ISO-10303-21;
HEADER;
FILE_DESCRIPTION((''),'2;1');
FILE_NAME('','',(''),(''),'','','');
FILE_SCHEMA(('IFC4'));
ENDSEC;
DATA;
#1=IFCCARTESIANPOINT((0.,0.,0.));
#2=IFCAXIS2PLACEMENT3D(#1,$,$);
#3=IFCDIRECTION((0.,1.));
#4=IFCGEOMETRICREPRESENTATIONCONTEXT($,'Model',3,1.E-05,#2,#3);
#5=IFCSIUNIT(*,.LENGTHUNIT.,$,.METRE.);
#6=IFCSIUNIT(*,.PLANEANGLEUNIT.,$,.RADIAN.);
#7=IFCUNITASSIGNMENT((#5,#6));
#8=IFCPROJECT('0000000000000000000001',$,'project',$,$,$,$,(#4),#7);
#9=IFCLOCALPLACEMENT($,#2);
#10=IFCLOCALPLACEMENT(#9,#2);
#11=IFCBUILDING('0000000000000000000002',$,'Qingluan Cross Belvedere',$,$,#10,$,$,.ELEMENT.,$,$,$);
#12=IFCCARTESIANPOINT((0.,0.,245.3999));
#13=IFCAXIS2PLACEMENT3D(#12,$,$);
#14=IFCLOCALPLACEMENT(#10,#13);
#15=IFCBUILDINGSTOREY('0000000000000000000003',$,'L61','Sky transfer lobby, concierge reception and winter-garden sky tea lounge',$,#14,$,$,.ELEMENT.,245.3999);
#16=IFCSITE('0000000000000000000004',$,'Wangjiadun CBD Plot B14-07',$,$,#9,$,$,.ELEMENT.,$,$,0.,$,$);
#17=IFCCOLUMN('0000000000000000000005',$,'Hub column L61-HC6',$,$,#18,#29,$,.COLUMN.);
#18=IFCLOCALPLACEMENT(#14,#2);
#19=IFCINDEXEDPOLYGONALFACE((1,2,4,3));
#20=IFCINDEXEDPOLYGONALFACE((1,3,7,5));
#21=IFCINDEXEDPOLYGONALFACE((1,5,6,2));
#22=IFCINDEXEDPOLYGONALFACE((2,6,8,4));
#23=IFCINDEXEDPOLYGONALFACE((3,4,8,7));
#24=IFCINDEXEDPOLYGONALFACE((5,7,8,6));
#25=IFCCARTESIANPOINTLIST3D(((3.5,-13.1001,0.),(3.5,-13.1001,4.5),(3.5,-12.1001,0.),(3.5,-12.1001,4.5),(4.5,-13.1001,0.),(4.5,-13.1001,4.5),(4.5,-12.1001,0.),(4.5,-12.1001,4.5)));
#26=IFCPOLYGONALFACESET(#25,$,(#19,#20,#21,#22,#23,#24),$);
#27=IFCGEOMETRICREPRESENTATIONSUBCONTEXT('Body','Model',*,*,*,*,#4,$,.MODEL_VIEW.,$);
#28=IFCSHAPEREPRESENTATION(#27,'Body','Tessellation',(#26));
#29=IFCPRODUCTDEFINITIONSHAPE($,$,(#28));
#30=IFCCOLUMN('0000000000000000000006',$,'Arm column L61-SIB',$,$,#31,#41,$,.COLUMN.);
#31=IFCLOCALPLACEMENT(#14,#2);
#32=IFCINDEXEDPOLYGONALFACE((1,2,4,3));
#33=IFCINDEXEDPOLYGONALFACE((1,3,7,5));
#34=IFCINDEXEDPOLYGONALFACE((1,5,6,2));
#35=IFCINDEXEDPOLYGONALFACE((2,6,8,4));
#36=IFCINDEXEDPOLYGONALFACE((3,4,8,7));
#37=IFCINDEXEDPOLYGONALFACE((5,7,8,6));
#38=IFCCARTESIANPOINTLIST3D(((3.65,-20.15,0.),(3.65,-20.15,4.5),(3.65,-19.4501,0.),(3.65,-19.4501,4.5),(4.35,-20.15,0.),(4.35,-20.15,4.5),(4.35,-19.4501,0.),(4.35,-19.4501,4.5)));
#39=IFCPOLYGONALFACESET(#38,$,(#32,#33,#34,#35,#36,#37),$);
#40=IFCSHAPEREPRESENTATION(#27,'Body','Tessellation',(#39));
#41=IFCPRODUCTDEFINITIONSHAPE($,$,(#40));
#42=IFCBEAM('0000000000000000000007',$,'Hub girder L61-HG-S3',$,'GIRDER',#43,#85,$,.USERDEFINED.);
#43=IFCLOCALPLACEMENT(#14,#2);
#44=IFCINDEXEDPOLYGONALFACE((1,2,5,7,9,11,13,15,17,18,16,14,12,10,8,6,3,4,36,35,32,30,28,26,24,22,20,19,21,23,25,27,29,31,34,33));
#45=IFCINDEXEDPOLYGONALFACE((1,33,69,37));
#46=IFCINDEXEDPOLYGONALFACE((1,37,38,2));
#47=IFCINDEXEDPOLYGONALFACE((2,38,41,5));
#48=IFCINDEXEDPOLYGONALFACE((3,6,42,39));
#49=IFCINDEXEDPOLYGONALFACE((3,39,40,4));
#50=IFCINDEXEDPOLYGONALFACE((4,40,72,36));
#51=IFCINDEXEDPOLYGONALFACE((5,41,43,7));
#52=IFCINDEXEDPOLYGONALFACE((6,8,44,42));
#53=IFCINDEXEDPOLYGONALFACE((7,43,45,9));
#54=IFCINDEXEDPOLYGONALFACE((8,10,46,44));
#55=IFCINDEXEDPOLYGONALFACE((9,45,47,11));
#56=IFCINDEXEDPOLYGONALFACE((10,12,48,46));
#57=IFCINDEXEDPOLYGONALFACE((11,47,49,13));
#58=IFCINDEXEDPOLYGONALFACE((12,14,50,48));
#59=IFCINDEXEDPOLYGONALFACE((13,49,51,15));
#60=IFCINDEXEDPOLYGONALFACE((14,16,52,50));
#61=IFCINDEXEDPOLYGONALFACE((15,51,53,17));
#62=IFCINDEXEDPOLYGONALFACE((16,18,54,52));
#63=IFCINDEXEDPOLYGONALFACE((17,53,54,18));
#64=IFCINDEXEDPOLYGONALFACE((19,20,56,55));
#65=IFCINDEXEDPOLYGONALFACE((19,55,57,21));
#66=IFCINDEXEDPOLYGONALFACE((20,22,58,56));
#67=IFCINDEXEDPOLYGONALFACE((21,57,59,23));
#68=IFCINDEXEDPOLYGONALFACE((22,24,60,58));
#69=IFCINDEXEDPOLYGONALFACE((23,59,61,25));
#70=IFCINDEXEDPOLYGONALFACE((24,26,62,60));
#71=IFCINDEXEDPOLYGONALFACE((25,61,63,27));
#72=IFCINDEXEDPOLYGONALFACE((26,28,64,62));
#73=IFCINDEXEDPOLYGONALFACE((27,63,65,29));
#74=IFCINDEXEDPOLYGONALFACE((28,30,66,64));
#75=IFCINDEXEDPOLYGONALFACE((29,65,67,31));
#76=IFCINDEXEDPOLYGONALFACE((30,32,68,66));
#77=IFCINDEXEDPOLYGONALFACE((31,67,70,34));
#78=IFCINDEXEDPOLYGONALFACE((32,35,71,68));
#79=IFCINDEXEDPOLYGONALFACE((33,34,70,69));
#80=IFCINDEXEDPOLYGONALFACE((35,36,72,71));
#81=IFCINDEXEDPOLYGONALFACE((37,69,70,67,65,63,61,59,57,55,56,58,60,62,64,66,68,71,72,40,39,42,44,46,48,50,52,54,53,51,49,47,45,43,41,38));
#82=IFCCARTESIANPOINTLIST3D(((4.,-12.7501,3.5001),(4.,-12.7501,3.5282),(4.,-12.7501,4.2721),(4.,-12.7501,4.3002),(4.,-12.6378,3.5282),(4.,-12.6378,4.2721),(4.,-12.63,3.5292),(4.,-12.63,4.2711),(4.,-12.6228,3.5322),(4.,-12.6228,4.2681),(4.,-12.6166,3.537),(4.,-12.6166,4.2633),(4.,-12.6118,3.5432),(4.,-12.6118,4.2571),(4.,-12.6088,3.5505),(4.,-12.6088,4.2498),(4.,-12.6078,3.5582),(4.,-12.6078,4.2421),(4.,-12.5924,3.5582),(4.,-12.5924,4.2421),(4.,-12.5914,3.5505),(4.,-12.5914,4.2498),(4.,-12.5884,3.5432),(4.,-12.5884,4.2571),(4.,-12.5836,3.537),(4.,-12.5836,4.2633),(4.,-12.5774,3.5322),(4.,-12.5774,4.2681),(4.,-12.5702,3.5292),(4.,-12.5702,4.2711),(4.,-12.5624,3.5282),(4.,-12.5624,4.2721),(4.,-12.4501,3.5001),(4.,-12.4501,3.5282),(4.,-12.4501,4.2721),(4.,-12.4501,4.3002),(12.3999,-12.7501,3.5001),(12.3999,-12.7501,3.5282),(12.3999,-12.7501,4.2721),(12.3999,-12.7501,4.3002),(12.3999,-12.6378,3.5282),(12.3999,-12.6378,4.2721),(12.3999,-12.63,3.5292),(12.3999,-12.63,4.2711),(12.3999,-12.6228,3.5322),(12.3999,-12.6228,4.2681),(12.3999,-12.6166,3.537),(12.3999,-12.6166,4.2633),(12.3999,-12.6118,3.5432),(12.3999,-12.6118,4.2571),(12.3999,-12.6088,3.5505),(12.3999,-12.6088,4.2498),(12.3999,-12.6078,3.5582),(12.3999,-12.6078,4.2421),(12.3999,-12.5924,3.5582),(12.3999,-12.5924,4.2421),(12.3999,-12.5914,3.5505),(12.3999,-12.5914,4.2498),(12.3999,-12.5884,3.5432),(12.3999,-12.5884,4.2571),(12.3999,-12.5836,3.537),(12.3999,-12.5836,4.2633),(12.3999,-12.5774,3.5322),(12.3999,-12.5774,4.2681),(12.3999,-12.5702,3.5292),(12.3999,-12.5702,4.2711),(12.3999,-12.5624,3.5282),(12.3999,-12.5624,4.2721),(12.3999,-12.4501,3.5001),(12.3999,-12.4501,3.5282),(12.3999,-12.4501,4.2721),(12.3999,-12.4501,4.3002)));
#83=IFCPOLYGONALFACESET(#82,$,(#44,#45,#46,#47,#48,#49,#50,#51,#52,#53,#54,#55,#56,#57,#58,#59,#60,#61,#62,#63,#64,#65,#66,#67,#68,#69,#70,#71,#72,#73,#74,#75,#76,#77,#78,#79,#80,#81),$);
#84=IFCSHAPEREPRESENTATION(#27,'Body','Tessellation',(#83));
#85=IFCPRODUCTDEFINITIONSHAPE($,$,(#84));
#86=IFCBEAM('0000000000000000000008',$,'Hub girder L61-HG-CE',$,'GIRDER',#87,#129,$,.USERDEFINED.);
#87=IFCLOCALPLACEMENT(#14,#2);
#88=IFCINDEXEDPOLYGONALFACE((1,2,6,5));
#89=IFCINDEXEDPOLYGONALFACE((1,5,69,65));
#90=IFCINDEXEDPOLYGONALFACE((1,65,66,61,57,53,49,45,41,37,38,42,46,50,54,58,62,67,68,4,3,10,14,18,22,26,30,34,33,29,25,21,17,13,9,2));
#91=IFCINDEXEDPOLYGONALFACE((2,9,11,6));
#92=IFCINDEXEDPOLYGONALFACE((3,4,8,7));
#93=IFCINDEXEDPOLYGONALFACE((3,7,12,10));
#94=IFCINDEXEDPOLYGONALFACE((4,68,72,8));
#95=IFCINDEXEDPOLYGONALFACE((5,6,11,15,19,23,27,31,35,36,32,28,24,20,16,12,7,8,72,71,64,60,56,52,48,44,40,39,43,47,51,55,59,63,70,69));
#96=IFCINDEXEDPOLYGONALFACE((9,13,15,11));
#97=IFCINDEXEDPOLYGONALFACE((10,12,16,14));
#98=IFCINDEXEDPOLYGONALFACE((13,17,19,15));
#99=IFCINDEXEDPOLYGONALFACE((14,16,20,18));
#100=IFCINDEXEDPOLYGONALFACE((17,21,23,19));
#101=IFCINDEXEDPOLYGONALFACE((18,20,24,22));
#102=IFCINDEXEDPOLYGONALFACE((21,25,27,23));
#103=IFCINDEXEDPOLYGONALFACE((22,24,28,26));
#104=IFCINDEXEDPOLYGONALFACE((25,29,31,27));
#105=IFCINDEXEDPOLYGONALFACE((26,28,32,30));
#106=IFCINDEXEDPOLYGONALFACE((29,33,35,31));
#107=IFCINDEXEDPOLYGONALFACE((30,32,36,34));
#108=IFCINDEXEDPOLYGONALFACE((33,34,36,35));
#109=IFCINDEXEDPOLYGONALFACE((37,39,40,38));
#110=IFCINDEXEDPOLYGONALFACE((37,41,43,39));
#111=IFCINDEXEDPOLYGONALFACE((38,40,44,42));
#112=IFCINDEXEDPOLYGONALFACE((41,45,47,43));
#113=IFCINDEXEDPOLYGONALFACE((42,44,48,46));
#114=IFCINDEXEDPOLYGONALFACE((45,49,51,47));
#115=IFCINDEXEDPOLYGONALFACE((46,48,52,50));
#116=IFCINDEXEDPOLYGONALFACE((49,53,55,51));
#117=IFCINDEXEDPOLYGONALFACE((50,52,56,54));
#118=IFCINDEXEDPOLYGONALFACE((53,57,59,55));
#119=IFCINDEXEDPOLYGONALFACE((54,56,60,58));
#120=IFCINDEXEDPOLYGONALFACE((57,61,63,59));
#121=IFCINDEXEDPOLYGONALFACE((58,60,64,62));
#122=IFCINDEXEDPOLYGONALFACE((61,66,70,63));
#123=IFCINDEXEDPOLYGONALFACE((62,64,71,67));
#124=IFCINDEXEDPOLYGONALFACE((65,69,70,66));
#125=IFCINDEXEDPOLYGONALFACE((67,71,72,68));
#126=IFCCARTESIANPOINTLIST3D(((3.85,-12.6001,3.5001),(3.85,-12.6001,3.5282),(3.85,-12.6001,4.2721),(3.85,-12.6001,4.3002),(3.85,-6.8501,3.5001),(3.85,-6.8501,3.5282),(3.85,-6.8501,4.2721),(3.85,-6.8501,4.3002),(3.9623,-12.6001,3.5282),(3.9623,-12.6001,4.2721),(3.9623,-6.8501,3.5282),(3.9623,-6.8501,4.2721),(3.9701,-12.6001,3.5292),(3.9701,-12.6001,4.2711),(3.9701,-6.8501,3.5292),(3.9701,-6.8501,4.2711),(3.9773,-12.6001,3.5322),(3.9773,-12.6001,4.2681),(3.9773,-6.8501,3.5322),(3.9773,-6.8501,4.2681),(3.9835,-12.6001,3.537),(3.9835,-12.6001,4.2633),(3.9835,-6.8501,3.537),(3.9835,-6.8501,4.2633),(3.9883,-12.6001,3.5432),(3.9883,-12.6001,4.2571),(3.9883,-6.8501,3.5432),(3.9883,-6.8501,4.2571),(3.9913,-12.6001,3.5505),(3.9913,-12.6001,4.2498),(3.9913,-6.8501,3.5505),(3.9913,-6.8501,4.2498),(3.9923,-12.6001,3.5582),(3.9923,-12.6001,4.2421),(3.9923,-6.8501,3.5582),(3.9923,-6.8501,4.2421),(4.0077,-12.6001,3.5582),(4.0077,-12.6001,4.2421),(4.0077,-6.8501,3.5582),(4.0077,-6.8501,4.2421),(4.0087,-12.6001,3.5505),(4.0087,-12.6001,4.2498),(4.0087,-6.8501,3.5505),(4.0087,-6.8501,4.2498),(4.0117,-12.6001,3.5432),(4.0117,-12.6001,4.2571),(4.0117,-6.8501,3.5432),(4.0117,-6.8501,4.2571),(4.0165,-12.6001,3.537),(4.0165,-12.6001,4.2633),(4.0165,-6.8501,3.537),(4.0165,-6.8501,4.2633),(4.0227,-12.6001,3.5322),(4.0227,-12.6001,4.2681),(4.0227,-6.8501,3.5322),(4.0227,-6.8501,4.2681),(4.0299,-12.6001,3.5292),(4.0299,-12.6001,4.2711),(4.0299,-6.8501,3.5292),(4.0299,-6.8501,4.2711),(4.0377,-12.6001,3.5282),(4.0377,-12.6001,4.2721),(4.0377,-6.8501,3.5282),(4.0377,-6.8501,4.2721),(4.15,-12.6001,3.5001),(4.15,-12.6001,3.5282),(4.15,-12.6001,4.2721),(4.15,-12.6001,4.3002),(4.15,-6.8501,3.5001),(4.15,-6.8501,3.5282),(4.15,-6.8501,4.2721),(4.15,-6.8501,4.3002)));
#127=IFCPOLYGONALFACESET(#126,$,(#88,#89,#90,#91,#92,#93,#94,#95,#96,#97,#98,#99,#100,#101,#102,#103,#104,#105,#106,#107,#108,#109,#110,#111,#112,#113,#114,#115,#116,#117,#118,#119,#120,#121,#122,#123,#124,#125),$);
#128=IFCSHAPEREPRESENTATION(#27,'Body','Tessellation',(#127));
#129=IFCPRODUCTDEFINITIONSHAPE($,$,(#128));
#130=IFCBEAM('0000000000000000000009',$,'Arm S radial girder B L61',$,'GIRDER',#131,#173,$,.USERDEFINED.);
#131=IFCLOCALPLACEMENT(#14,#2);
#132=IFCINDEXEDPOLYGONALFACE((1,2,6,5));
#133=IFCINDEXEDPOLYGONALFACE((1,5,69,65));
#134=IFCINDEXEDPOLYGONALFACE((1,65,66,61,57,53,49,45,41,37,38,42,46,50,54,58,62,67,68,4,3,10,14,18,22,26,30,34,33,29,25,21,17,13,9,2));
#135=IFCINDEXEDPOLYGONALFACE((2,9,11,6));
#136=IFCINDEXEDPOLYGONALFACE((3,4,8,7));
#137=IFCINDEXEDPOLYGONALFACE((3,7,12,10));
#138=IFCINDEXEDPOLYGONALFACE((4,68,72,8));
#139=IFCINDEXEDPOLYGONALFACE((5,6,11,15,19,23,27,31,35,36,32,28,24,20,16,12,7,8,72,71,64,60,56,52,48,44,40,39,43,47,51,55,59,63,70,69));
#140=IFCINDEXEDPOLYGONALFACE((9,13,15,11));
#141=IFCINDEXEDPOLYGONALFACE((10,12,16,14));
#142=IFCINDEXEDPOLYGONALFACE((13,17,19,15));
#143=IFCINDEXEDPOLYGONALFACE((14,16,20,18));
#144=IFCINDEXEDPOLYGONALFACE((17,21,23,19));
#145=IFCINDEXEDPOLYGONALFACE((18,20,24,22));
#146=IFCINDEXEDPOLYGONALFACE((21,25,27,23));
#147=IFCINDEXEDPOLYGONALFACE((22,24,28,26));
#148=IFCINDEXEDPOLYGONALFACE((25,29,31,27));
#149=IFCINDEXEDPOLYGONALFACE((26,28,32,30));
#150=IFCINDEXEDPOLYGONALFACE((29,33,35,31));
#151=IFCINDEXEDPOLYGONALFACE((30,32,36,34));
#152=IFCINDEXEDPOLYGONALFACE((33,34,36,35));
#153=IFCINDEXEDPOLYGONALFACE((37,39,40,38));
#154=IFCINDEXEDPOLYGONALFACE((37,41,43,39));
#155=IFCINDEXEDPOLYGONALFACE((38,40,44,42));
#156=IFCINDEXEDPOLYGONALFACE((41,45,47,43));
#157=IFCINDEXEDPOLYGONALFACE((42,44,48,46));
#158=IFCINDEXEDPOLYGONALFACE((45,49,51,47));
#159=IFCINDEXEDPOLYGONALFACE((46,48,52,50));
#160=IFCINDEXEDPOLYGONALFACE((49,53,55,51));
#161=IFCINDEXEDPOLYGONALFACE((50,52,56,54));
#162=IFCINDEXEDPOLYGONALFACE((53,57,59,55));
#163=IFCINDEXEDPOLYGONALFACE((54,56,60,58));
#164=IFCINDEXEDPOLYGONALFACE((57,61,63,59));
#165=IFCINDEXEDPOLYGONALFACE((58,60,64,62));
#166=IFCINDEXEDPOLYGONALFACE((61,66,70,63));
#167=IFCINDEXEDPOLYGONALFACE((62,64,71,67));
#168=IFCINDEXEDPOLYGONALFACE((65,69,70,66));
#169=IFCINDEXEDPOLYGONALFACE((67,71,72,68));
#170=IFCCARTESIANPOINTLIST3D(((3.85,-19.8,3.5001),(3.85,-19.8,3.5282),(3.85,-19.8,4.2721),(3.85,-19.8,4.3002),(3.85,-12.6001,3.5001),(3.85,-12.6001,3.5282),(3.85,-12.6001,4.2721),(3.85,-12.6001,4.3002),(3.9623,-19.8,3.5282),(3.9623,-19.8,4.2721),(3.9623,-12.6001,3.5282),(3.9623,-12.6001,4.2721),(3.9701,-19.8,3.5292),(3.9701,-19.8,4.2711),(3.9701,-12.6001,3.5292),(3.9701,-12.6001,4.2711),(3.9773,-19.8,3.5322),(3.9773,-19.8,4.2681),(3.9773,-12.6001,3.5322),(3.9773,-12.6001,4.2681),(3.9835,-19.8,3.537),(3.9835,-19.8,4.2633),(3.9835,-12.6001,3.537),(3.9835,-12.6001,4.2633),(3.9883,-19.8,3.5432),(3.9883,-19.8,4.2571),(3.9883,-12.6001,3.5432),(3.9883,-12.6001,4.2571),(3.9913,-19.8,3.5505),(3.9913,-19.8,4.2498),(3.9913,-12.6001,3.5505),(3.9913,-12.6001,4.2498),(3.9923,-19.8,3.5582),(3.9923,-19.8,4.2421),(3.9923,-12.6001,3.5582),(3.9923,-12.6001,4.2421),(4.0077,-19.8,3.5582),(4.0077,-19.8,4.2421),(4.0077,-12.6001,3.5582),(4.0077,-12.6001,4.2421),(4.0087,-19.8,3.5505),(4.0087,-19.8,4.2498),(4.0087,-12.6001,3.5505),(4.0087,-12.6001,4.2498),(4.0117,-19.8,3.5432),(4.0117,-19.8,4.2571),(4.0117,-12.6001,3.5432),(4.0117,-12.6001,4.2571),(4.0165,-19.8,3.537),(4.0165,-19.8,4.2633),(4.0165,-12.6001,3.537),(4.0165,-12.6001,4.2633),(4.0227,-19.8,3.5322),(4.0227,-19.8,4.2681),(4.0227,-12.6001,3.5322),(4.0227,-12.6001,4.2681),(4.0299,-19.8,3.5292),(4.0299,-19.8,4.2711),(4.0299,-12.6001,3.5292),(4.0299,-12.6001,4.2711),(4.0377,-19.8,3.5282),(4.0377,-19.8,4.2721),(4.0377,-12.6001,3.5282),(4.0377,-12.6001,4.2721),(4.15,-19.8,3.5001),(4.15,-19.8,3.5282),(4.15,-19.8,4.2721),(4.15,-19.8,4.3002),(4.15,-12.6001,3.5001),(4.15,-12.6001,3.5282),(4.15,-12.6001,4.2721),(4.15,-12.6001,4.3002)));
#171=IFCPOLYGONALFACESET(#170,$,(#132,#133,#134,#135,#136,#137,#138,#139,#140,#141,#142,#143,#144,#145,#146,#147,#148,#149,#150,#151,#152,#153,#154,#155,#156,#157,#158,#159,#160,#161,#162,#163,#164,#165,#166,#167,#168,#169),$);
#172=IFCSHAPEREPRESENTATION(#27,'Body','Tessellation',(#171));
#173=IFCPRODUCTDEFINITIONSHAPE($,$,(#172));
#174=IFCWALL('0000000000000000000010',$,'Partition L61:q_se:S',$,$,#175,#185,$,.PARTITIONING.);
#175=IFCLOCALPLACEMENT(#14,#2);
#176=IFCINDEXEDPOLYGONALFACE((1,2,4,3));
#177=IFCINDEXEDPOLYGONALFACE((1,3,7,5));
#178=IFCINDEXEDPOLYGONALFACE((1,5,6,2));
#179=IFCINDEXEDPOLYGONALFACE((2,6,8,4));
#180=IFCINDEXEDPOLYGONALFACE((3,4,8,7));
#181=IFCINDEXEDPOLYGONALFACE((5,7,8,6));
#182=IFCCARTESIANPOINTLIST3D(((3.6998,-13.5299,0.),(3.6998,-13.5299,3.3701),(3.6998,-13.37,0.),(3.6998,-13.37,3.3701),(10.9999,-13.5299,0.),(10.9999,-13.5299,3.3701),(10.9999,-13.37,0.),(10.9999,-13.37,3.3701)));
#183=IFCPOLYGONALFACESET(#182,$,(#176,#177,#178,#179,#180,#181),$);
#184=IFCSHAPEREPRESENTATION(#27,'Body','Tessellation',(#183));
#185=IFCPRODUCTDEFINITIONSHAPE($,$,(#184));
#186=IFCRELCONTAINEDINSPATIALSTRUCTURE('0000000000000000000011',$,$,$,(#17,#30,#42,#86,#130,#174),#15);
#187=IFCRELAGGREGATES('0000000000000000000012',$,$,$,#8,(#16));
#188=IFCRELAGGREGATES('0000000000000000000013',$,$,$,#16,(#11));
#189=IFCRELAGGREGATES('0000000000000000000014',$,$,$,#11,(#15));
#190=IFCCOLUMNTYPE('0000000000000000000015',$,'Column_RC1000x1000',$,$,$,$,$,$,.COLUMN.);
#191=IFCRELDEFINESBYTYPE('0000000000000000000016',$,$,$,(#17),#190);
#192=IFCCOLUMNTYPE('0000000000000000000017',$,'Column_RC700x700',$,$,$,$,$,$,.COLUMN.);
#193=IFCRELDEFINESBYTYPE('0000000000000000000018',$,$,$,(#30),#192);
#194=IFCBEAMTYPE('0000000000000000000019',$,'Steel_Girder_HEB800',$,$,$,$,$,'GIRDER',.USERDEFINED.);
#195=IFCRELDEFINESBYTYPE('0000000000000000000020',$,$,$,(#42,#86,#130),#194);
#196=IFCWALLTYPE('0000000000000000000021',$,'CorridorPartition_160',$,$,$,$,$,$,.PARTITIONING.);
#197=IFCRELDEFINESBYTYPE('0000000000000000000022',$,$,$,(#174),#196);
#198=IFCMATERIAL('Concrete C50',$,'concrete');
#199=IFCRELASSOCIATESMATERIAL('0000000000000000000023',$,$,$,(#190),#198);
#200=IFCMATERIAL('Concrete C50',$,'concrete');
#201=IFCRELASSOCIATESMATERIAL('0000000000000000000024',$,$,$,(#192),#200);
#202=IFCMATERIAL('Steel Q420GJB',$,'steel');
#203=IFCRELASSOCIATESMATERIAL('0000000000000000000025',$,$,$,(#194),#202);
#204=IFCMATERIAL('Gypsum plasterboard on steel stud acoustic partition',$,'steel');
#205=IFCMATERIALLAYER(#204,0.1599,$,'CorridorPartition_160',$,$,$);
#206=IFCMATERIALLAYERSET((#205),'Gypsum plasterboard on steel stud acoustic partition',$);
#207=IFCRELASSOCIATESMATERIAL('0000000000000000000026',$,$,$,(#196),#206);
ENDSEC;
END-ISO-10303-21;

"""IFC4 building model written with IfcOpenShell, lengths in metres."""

from ifc_helpers import new_model, si_unit, direction, frame, frame_2d, origin, origin_2d, place, context, subcontext, project, spatial, rectangle, i_section, extrude, material, layer, layer_set, material_profile, profile_set, type_object, element, save


model = new_model("IFC4")

# Units and contexts
model_context = context("Model", 3, precision=1e-05, world=origin(), true_north=direction((0.0, 1.0)))
body_context = subcontext(model_context, "Body", "Model", "MODEL_VIEW")
ifc_project = project(units=[si_unit("LENGTHUNIT", "METRE"), si_unit("PLANEANGLEUNIT", "RADIAN")], contexts=[model_context])

# Site, building, storey
site_placement = place(None, origin())
site = spatial("IfcSite", under=ifc_project, at=site_placement, Name="Wangjiadun CBD Plot B14-07", CompositionType="ELEMENT", RefElevation=0.0)
building_placement = place(site_placement, origin())
building = spatial("IfcBuilding", under=site, at=building_placement, Name="Qingluan Cross Belvedere", CompositionType="ELEMENT")
storey_placement = place(building_placement, frame((0.0, 0.0, 245.3999)))
storey = spatial("IfcBuildingStorey", under=building, at=storey_placement, Name="L61", Description="Sky transfer lobby, concierge reception and winter-garden sky tea lounge", CompositionType="ELEMENT", Elevation=245.3999)

# Columns
ifc_material_1 = material(Name="Concrete C50", Category="concrete")
ifc_material_profile_1 = material_profile(ifc_material_1, rectangle(XDim=1.0, YDim=1.0, at=origin_2d()), Name="RC1000x1000")
ifc_profile_set_1 = profile_set([ifc_material_profile_1], Name="Concrete C50")
column_type_1 = type_object("IfcColumnType", Name="Column_RC1000x1000", PredefinedType="COLUMN", material=ifc_profile_set_1)
column_1_placement = place(storey_placement, frame((4.0, -12.6001, 0.0), z_axis=(0.0, 0.0, 1.0), x_axis=(1.0, 0.0, 0.0)))
element("IfcColumn", 1, at=column_1_placement, inside=storey, type_object=column_type_1, Name="Hub column L61-HC6", PredefinedType="COLUMN", context=body_context, shape_type="SweptSolid", body=[
    extrude(rectangle(XDim=1.0, YDim=1.0, at=origin_2d()), origin(), (0.0, 0.0, 1.0), 4.5),
])
ifc_material_2 = material(Name="Concrete C50", Category="concrete")
ifc_material_profile_2 = material_profile(ifc_material_2, rectangle(XDim=0.7, YDim=0.7, at=origin_2d()), Name="RC700x700")
ifc_profile_set_2 = profile_set([ifc_material_profile_2], Name="Concrete C50")
column_type_2 = type_object("IfcColumnType", Name="Column_RC700x700", PredefinedType="COLUMN", material=ifc_profile_set_2)
column_2_placement = place(storey_placement, frame((4.0, -19.8, 0.0), z_axis=(0.0, 0.0, 1.0), x_axis=(1.0, 0.0, 0.0)))
element("IfcColumn", 2, at=column_2_placement, inside=storey, type_object=column_type_2, Name="Arm column L61-SIB", PredefinedType="COLUMN", context=body_context, shape_type="SweptSolid", body=[
    extrude(rectangle(XDim=0.7, YDim=0.7, at=origin_2d()), origin(), (0.0, 0.0, 1.0), 4.5),
])

# Beams
ifc_material_3 = material(Name="Steel Q420GJB", Category="steel")
ifc_material_profile_3 = material_profile(ifc_material_3, i_section(OverallWidth=0.3, OverallDepth=0.8, WebThickness=0.0154, FlangeThickness=0.0281, FilletRadius=0.03, at=origin_2d()), Name="HEB800")
ifc_profile_set_3 = profile_set([ifc_material_profile_3], Name="Steel Q420GJB")
beam_type = type_object("IfcBeamType", Name="Steel_Girder_HEB800", ElementType="GIRDER", PredefinedType="USERDEFINED", material=ifc_profile_set_3)
beam_1_placement = place(storey_placement, frame((4.0, -12.6001, 3.9001), z_axis=(1.0, 0.0, 0.0), x_axis=(0.0, 1.0, 0.0)))
element("IfcBeam", 3, at=beam_1_placement, inside=storey, type_object=beam_type, Name="Hub girder L61-HG-S3", ObjectType="GIRDER", PredefinedType="USERDEFINED", context=body_context, shape_type="SweptSolid", body=[
    extrude(i_section(OverallWidth=0.3, OverallDepth=0.8, WebThickness=0.0154, FlangeThickness=0.0281, FilletRadius=0.03, at=origin_2d()), origin(), (0.0, 0.0, 1.0), 8.3999),
])
beam_2_placement = place(storey_placement, frame((4.0, -12.6001, 3.9001), z_axis=(0.0, 1.0, 0.0), x_axis=(-1.0, 0.0, 0.0)))
element("IfcBeam", 4, at=beam_2_placement, inside=storey, type_object=beam_type, Name="Hub girder L61-HG-CE", ObjectType="GIRDER", PredefinedType="USERDEFINED", context=body_context, shape_type="SweptSolid", body=[
    extrude(i_section(OverallWidth=0.3, OverallDepth=0.8, WebThickness=0.0154, FlangeThickness=0.0281, FilletRadius=0.03, at=origin_2d()), origin(), (0.0, 0.0, 1.0), 5.75),
])
beam_3_placement = place(storey_placement, frame((4.0, -12.6001, 3.9001), z_axis=(0.0, -1.0, 0.0), x_axis=(1.0, 0.0, 0.0)))
element("IfcBeam", 5, at=beam_3_placement, inside=storey, type_object=beam_type, Name="Arm S radial girder B L61", ObjectType="GIRDER", PredefinedType="USERDEFINED", context=body_context, shape_type="SweptSolid", body=[
    extrude(i_section(OverallWidth=0.3, OverallDepth=0.8, WebThickness=0.0154, FlangeThickness=0.0281, FilletRadius=0.03, at=origin_2d()), origin(), (0.0, 0.0, 1.0), 7.2),
])

# Wall
ifc_material_4 = material(Name="Gypsum plasterboard on steel stud acoustic partition", Category="steel")
ifc_layer_1 = layer(ifc_material_4, 0.1599, Name="CorridorPartition_160")
ifc_layer_set_1 = layer_set([ifc_layer_1], Name="Gypsum plasterboard on steel stud acoustic partition")
wall_type_1 = type_object("IfcWallType", Name="CorridorPartition_160", PredefinedType="PARTITIONING", material=ifc_layer_set_1)
wall_1_placement = place(storey_placement, frame((3.7, -13.45, 0.0), z_axis=(0.0, 0.0, 1.0), x_axis=(1.0, 0.0, 0.0)))
element("IfcWall", 6, at=wall_1_placement, inside=storey, type_object=wall_type_1, Name="Partition L61:q_se:S", PredefinedType="PARTITIONING", context=body_context, shape_type="SweptSolid", body=[
    extrude(rectangle(XDim=7.3, YDim=0.1599, at=frame_2d((3.6499, 0.0))), origin(), (0.0, 0.0, 1.0), 3.3701),
])

save(model, "model.ifc")
